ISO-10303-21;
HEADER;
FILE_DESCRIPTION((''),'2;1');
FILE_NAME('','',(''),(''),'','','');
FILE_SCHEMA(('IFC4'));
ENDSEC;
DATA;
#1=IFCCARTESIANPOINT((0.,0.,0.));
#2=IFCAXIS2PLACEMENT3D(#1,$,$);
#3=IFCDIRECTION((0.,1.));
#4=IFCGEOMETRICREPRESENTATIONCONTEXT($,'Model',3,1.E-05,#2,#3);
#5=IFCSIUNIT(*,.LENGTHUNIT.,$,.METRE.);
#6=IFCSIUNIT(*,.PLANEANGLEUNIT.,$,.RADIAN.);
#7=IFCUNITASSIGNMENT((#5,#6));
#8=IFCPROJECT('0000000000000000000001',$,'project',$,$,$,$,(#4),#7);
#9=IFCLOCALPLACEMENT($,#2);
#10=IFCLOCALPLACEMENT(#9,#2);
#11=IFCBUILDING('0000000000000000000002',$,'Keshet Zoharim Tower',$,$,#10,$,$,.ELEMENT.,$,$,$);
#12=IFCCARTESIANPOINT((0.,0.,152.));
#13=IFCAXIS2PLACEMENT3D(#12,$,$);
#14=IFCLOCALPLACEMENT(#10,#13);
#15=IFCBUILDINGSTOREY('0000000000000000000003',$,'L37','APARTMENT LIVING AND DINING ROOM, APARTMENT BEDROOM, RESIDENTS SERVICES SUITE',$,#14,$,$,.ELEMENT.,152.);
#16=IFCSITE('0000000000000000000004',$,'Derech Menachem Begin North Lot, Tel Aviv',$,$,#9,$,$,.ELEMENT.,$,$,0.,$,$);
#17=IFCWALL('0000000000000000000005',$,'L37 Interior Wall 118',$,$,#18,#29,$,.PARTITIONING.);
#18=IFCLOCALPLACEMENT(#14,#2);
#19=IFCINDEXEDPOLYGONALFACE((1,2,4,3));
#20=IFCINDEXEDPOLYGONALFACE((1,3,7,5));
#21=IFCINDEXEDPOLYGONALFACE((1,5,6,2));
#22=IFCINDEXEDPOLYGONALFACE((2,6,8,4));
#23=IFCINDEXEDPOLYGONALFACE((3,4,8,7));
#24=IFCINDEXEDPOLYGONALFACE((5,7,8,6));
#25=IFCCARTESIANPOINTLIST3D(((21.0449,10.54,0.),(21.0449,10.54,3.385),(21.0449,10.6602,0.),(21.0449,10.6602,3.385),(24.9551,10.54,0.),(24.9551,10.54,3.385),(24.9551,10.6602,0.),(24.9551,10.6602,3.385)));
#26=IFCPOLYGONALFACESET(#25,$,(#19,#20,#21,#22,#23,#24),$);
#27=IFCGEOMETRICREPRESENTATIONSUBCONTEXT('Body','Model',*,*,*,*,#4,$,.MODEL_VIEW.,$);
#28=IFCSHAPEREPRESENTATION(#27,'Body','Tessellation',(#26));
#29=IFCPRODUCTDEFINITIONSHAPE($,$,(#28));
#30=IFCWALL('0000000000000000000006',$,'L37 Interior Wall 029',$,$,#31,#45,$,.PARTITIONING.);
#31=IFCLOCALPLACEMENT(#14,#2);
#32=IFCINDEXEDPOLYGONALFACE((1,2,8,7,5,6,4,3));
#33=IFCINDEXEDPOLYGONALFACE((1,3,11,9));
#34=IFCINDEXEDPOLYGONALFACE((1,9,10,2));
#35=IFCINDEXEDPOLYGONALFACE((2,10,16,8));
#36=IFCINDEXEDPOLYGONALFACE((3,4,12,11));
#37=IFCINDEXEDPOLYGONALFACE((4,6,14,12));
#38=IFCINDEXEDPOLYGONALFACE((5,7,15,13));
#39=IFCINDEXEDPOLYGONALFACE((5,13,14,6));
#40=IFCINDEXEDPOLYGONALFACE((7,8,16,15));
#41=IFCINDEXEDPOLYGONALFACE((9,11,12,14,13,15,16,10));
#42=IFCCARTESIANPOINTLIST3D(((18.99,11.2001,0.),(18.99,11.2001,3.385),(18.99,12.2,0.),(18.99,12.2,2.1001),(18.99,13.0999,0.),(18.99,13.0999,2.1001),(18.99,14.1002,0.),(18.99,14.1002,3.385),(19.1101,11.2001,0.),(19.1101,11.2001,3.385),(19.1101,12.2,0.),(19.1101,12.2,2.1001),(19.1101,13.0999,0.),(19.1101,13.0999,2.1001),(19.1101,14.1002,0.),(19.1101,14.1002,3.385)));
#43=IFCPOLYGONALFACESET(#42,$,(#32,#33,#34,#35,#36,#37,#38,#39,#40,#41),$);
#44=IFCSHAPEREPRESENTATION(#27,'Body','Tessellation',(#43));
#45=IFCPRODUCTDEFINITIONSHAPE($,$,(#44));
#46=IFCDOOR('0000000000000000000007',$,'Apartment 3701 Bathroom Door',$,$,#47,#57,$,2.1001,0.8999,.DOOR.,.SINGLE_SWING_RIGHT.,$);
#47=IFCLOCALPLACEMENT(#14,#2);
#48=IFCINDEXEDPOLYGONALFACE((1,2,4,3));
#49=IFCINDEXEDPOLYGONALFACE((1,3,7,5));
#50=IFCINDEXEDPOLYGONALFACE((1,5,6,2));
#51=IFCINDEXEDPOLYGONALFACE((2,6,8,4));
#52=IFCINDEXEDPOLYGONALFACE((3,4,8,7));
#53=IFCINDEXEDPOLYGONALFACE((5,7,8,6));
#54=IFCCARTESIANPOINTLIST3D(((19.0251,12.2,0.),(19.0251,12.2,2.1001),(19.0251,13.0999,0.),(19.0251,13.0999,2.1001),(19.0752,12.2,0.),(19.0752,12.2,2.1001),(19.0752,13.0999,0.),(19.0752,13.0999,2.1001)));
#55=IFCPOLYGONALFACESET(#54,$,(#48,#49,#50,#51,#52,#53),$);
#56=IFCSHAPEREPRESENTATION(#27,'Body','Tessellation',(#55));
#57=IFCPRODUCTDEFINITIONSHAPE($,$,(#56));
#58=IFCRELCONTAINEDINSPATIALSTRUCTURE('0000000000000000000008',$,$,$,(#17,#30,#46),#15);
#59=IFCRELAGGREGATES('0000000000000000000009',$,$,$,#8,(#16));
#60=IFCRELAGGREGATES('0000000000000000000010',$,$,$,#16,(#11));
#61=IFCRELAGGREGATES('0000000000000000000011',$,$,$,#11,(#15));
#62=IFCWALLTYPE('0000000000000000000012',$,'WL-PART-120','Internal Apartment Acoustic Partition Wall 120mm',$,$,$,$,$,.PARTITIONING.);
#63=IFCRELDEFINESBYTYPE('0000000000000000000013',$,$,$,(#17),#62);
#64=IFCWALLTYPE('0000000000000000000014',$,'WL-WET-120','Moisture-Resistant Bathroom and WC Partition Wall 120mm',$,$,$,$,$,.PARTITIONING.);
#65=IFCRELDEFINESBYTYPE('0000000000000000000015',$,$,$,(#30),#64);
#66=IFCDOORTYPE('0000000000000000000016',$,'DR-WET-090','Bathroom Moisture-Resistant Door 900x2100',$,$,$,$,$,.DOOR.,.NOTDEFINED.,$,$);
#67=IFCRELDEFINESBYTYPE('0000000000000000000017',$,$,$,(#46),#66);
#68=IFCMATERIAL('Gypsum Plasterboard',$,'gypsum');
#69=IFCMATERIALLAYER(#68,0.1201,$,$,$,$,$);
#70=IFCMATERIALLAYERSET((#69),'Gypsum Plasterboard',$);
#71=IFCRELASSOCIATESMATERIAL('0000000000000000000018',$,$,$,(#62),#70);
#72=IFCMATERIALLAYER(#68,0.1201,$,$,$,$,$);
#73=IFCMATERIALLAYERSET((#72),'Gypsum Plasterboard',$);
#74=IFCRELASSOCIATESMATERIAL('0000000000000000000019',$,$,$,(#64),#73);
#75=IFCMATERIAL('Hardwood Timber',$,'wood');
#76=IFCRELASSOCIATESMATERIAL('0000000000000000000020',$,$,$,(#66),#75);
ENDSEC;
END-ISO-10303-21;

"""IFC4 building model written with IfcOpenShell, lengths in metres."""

from ifc_helpers import new_model, si_unit, direction, frame, frame_2d, origin, place, context, subcontext, project, spatial, rectangle, extrude, material, layer, layer_set, type_object, element, fill, save


model = new_model("IFC4")

# Units and contexts
model_context = context("Model", 3, precision=1e-05, world=origin(), true_north=direction((0.0, 1.0)))
body_context = subcontext(model_context, "Body", "Model", "MODEL_VIEW")
ifc_project = project(units=[si_unit("LENGTHUNIT", "METRE"), si_unit("PLANEANGLEUNIT", "RADIAN")], contexts=[model_context])

# Site, building, storey
site_placement = place(None, origin())
site = spatial("IfcSite", under=ifc_project, at=site_placement, Name="Derech Menachem Begin North Lot, Tel Aviv", CompositionType="ELEMENT", RefElevation=0.0)
building_placement = place(site_placement, origin())
building = spatial("IfcBuilding", under=site, at=building_placement, Name="Keshet Zoharim Tower", CompositionType="ELEMENT")
storey_placement = place(building_placement, frame((0.0, 0.0, 152.0)))
storey = spatial("IfcBuildingStorey", under=building, at=storey_placement, Name="L37", Description="APARTMENT LIVING AND DINING ROOM, APARTMENT BEDROOM, RESIDENTS SERVICES SUITE", CompositionType="ELEMENT", Elevation=152.0)

# Shared definitions
ifc_material_1 = material(Name="Gypsum Plasterboard", Category="gypsum")
ifc_material_2 = material(Name="Hardwood Timber", Category="wood")

# Wall
ifc_layer_1 = layer(ifc_material_1, 0.1201)
ifc_layer_set_1 = layer_set([ifc_layer_1], Name="Gypsum Plasterboard")
wall_type_1 = type_object("IfcWallType", Name="WL-PART-120", Description="Internal Apartment Acoustic Partition Wall 120mm", PredefinedType="PARTITIONING", material=ifc_layer_set_1)
wall_1_placement = place(storey_placement, frame((21.0449, 10.6001, 0.0), z_axis=(0.0, 0.0, 1.0), x_axis=(1.0, 0.0, 0.0)))
element("IfcWall", 1, at=wall_1_placement, inside=storey, type_object=wall_type_1, Name="L37 Interior Wall 118", PredefinedType="PARTITIONING", context=body_context, shape_type="SweptSolid", body=[
    extrude(rectangle(XDim=3.9102, YDim=0.1201, at=frame_2d((1.9551, 0.0))), origin(), (0.0, 0.0, 1.0), 3.385),
])

# Wall, opening, door
ifc_layer_2 = layer(ifc_material_1, 0.1201)
ifc_layer_set_2 = layer_set([ifc_layer_2], Name="Gypsum Plasterboard")
wall_type_2 = type_object("IfcWallType", Name="WL-WET-120", Description="Moisture-Resistant Bathroom and WC Partition Wall 120mm", PredefinedType="PARTITIONING", material=ifc_layer_set_2)
wall_2_placement = place(storey_placement, frame((19.05, 11.2, 0.0), z_axis=(0.0, 0.0, 1.0), x_axis=(0.0, 1.0, 0.0)))
wall_2 = element("IfcWall", 2, at=wall_2_placement, inside=storey, type_object=wall_type_2, Name="L37 Interior Wall 029", PredefinedType="PARTITIONING", context=body_context, shape_type="SweptSolid", body=[
    extrude(rectangle(XDim=2.9001, YDim=0.1201, at=frame_2d((1.4502, 0.0))), origin(), (0.0, 0.0, 1.0), 3.385),
])
opening_1_placement = place(wall_2_placement, frame((1.0, 0.0, 0.0)))
opening_1 = element("IfcOpeningElement", 3, at=opening_1_placement, cuts=wall_2, PredefinedType="OPENING", context=body_context, shape_type="SweptSolid", body=[
    extrude(rectangle(XDim=0.8999, YDim=2.1001, at=frame_2d((0.45, 1.05))), frame((0.0, 0.0701, 0.0), z_axis=(0.0, -1.0, 0.0), x_axis=(1.0, 0.0, 0.0)), (0.0, 0.0, 1.0), 0.1401),
])
door_type_1 = type_object("IfcDoorType", Name="DR-WET-090", Description="Bathroom Moisture-Resistant Door 900x2100", OperationType="NOTDEFINED", PredefinedType="DOOR", material=ifc_material_2)
door_1_placement = place(opening_1_placement, origin())
door_1 = element("IfcDoor", 4, at=door_1_placement, inside=storey, type_object=door_type_1, Name="Apartment 3701 Bathroom Door", OperationType="SINGLE_SWING_RIGHT", OverallHeight=2.1001, OverallWidth=0.8999, PredefinedType="DOOR", context=body_context, shape_type="SweptSolid", body=[
    extrude(rectangle(XDim=0.8999, YDim=2.1001, at=frame_2d((0.45, 1.05))), frame((0.0, 0.0249, 0.0), z_axis=(0.0, -1.0, 0.0), x_axis=(1.0, 0.0, 0.0)), (0.0, 0.0, 1.0), 0.05),
])
fill(opening_1, door_1)

save(model, "model.ifc")
